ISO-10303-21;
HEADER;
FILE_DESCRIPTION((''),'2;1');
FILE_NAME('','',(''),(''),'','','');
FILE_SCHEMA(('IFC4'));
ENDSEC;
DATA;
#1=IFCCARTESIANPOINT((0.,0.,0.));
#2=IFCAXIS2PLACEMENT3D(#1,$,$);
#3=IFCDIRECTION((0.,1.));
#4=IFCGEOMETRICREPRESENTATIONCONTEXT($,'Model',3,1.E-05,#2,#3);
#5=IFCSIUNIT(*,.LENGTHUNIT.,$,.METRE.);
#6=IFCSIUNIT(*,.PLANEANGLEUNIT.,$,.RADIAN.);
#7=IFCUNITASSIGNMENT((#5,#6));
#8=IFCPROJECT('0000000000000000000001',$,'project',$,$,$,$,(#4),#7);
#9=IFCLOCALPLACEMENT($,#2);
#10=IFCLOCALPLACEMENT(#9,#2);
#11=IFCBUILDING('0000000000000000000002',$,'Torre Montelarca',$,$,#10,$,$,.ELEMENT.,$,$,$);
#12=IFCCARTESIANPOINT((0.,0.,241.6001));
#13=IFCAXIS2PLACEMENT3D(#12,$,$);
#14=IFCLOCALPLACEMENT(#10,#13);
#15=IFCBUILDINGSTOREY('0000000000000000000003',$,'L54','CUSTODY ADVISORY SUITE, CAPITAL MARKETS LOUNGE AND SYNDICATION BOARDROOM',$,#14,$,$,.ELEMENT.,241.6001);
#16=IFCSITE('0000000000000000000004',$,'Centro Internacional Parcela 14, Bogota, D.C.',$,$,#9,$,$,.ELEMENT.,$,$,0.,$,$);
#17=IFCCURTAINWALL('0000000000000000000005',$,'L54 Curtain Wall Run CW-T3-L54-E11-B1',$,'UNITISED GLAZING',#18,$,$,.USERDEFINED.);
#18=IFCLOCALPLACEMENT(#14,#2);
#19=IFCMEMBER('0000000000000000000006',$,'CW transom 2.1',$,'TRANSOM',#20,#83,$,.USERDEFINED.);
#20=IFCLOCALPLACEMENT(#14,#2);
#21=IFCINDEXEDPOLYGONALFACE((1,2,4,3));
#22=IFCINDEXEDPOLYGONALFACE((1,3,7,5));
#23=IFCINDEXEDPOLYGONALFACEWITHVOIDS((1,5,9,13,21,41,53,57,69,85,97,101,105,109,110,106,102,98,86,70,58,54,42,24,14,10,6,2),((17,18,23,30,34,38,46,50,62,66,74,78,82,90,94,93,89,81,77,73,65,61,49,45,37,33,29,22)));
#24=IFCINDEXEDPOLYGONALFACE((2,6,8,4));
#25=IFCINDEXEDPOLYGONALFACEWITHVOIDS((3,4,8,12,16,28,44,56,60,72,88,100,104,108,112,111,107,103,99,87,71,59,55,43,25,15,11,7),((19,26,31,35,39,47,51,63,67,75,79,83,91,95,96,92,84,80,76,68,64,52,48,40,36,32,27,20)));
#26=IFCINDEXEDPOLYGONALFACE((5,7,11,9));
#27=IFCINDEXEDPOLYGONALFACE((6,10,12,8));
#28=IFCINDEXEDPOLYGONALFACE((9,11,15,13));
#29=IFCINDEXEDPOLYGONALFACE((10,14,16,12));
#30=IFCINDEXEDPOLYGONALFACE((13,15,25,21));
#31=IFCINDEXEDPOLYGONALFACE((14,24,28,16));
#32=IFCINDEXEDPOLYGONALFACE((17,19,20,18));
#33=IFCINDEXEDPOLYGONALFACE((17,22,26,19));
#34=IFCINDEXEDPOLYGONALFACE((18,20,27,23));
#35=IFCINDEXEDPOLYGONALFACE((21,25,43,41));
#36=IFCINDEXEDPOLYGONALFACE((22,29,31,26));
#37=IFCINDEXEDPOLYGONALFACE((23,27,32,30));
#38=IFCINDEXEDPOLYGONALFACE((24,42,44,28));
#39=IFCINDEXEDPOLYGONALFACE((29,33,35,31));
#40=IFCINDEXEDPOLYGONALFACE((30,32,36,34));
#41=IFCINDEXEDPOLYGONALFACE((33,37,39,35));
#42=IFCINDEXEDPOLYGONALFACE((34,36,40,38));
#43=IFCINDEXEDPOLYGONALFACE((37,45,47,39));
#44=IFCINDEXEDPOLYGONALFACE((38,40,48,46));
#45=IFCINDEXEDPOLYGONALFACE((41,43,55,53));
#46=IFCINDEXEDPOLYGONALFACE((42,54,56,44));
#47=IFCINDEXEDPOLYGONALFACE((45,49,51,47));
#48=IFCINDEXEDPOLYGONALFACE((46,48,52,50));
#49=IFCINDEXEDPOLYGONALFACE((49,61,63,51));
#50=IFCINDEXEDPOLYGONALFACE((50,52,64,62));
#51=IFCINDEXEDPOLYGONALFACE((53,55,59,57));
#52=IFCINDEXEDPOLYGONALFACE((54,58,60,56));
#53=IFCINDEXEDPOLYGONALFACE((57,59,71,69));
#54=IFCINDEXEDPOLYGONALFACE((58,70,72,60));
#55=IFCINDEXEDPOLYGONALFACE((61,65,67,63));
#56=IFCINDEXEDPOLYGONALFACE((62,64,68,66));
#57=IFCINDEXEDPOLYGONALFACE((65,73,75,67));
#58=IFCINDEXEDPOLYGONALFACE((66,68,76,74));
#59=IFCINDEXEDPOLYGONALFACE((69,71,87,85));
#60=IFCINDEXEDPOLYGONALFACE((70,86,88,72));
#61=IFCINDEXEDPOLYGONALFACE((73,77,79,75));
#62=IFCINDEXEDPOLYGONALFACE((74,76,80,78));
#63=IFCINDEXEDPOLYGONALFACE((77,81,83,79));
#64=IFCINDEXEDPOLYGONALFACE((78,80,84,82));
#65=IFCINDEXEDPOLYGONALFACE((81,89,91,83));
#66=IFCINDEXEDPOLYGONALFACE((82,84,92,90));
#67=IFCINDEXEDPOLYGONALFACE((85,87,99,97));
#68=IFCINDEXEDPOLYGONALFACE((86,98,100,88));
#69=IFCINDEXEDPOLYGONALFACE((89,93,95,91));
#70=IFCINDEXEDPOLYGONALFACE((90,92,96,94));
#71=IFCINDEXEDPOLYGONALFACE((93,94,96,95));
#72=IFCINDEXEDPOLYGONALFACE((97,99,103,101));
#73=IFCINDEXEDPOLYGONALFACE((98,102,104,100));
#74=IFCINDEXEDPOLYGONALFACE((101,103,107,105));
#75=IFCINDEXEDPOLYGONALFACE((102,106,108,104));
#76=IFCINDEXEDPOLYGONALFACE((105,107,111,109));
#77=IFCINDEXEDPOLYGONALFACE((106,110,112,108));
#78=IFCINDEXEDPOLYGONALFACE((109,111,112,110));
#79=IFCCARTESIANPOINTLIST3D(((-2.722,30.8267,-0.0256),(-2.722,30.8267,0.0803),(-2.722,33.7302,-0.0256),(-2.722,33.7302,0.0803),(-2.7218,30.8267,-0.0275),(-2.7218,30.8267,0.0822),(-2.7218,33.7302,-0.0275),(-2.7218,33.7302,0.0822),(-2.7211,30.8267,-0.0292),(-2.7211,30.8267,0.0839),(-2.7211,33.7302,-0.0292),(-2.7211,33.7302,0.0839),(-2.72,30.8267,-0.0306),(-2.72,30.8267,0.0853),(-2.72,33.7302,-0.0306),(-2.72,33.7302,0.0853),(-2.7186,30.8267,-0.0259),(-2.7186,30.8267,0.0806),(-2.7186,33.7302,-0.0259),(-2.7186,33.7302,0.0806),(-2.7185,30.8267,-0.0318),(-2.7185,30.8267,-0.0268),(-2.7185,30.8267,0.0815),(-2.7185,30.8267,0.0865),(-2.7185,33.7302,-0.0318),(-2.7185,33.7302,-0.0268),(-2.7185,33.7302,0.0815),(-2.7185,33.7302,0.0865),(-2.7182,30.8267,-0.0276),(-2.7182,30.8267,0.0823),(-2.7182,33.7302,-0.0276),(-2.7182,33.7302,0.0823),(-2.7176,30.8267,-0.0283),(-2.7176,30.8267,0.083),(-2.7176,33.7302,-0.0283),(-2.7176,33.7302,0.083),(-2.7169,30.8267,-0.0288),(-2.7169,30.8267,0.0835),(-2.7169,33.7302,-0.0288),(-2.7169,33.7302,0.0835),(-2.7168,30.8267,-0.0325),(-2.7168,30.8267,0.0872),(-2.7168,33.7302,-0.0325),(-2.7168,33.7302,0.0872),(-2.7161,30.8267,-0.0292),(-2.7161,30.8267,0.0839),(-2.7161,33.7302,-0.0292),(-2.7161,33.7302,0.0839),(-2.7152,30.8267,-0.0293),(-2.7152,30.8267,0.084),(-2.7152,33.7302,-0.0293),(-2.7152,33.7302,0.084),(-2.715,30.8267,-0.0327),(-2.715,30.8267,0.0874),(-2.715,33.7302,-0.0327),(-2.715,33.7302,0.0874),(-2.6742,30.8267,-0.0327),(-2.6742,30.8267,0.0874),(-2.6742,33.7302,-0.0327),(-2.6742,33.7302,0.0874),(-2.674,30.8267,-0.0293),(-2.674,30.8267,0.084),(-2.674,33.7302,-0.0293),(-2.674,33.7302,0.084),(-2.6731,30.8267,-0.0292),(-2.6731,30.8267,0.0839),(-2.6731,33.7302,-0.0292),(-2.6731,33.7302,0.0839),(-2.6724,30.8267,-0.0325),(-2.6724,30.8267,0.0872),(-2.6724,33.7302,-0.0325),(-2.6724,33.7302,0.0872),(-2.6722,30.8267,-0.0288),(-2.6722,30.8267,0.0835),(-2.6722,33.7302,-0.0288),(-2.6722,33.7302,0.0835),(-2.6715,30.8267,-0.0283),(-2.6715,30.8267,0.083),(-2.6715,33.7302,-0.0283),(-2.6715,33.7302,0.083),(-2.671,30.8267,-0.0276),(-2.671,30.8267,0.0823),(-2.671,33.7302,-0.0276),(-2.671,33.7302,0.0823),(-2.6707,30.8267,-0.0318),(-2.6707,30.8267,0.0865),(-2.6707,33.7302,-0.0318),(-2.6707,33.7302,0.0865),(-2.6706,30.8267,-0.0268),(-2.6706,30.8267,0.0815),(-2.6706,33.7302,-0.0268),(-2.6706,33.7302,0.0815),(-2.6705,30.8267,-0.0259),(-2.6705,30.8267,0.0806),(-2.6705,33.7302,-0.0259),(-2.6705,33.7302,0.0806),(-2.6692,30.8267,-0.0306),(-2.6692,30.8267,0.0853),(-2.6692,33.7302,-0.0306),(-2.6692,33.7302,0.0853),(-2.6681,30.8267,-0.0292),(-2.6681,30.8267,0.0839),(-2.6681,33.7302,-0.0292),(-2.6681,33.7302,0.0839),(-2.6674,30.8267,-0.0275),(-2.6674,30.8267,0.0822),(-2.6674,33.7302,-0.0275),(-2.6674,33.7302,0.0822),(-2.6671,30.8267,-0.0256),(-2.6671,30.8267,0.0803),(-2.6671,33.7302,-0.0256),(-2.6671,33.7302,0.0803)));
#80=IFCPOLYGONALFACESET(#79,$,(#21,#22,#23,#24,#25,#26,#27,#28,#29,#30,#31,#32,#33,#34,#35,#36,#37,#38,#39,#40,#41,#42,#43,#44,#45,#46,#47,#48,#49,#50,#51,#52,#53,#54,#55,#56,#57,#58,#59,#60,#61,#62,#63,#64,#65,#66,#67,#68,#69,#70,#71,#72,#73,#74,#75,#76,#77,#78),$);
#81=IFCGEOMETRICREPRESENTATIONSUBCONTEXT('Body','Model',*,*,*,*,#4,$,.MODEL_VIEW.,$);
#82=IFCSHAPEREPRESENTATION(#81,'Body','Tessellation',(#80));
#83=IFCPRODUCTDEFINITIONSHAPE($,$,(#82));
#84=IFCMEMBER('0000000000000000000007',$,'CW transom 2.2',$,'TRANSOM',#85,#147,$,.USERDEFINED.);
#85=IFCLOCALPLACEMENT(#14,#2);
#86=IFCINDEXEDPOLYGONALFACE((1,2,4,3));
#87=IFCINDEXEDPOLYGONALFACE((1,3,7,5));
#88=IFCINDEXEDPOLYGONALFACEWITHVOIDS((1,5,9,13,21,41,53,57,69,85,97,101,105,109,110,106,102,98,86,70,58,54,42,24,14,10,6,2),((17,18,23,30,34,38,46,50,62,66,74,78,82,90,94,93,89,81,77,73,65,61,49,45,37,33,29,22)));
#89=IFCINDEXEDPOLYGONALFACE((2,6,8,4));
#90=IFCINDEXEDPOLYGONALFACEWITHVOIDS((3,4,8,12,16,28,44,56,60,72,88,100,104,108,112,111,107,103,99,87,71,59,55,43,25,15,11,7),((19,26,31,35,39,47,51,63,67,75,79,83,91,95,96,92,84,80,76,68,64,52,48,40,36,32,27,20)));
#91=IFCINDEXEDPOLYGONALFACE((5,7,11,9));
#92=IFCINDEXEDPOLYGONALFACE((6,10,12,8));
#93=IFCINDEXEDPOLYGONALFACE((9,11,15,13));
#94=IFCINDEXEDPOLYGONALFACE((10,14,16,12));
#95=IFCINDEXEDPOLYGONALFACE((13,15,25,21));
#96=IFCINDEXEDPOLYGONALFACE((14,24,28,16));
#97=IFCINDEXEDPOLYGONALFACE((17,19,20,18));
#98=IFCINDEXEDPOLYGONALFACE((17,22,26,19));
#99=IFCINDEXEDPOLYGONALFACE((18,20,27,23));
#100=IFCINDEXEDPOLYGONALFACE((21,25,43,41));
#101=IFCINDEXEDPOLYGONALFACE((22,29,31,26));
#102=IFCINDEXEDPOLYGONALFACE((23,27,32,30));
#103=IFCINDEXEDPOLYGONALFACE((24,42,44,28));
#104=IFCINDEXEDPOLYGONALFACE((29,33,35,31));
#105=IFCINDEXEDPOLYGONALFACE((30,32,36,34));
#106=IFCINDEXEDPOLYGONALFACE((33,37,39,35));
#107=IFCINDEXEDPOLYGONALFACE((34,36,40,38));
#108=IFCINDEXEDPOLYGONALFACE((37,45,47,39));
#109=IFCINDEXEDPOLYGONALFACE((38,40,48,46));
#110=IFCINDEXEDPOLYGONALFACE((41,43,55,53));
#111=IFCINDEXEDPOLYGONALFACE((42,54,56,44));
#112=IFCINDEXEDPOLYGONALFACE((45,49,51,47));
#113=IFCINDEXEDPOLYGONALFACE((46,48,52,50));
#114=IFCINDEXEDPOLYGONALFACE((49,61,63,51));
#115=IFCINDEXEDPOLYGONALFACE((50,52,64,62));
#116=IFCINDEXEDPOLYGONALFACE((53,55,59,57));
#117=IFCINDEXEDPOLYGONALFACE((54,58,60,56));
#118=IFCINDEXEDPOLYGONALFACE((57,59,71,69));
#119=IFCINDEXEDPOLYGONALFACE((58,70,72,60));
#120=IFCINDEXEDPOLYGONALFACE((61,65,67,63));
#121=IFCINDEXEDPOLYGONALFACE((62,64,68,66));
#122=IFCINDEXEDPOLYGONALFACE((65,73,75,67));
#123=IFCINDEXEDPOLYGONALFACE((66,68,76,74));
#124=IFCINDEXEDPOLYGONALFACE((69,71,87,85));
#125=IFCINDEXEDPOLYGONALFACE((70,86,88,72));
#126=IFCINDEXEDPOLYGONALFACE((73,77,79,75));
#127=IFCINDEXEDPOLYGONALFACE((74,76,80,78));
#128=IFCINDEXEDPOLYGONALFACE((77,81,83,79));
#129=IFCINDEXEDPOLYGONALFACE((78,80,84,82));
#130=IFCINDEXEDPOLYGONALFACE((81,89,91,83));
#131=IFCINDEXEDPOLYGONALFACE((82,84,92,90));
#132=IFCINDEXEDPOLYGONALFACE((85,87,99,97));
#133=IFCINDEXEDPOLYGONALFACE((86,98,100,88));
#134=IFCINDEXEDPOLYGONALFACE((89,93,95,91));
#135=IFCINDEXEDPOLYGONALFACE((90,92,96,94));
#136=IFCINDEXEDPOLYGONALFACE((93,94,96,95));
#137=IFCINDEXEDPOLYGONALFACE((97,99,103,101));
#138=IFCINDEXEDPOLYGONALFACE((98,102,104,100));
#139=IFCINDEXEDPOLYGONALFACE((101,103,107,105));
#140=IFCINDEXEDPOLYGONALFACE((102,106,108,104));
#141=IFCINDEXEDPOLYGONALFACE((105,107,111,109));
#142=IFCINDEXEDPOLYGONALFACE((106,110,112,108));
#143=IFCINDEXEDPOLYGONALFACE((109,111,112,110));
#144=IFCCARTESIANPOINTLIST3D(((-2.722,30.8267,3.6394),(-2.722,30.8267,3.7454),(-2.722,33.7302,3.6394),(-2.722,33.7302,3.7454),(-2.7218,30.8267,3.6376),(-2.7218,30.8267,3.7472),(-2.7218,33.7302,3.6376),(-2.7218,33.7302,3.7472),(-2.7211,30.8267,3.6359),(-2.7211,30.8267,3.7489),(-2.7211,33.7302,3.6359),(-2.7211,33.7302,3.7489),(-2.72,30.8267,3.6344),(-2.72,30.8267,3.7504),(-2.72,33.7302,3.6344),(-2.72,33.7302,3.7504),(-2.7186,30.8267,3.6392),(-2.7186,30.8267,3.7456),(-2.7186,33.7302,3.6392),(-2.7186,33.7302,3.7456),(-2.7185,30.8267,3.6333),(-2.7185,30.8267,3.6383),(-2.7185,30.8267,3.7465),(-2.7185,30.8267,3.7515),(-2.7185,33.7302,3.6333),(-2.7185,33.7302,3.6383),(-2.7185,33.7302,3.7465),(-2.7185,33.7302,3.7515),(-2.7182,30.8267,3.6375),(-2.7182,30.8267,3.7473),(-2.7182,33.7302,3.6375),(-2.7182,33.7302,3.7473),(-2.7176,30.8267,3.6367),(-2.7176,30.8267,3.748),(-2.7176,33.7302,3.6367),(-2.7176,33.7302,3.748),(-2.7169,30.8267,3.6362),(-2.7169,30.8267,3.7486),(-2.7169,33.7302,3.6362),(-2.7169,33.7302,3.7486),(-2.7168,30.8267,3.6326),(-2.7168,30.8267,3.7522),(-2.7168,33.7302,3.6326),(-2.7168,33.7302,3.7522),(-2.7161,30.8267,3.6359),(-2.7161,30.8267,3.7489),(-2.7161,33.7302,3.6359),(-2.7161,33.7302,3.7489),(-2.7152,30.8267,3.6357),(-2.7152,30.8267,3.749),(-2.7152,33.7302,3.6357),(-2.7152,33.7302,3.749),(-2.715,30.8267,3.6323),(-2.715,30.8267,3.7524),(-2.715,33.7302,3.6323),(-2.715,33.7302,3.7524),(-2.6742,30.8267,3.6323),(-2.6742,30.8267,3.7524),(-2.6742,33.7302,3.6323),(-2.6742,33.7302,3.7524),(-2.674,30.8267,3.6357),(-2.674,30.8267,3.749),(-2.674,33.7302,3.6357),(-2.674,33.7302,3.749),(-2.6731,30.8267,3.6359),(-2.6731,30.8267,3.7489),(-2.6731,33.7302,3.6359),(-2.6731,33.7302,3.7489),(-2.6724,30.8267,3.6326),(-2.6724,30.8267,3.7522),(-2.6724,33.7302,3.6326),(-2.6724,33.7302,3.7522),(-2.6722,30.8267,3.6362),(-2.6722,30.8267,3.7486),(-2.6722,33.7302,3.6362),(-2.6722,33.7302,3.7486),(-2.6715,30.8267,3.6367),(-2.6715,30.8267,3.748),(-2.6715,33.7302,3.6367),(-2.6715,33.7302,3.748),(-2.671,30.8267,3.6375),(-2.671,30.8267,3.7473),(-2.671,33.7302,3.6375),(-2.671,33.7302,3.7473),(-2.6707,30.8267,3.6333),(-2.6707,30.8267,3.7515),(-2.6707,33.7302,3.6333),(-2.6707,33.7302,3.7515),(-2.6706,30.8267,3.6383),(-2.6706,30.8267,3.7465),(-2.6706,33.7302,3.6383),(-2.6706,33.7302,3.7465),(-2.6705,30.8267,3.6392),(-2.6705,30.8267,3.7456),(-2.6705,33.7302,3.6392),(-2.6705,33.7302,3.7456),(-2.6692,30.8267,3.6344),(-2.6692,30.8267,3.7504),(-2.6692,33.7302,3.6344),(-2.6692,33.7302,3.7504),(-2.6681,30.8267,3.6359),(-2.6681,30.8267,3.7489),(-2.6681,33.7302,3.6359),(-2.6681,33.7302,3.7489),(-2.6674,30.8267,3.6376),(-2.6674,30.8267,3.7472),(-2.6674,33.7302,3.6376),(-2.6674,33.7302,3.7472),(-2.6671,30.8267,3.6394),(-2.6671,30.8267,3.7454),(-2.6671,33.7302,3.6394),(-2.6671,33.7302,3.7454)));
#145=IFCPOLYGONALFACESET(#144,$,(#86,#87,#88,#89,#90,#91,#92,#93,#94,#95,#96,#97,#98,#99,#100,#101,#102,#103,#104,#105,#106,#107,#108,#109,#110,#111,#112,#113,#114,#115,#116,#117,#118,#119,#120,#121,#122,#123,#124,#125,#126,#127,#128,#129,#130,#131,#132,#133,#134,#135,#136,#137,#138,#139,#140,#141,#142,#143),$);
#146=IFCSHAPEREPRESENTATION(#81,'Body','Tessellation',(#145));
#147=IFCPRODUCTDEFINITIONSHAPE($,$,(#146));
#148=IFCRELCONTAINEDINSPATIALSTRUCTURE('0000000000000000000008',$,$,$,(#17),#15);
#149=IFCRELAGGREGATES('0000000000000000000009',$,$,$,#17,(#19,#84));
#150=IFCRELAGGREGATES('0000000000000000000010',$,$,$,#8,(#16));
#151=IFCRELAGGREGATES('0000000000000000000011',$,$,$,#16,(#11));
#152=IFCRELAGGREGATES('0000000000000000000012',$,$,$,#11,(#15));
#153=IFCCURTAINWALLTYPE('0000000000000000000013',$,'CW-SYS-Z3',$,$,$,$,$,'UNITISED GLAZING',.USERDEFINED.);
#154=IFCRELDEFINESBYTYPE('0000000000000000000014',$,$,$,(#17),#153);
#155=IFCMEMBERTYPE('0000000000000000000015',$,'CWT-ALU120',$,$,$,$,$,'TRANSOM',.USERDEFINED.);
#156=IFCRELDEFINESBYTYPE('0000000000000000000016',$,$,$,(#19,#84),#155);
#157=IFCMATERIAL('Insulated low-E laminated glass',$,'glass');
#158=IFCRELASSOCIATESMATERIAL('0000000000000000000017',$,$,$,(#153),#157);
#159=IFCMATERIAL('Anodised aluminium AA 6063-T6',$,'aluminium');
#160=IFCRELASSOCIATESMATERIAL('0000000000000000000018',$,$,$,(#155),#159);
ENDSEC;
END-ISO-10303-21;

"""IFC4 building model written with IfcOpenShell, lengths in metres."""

from ifc_helpers import new_model, si_unit, direction, frame, origin, origin_2d, place, context, subcontext, project, spatial, hollow_rectangle, extrude, source, transform, mapped, material, material_profile, profile_set, type_object, element, aggregate, save


model = new_model("IFC4")

# Units and contexts
model_context = context("Model", 3, precision=1e-05, world=origin(), true_north=direction((0.0, 1.0)))
body_context = subcontext(model_context, "Body", "Model", "MODEL_VIEW")
ifc_project = project(units=[si_unit("LENGTHUNIT", "METRE"), si_unit("PLANEANGLEUNIT", "RADIAN")], contexts=[model_context])

# Site, building, storey
site_placement = place(None, origin())
site = spatial("IfcSite", under=ifc_project, at=site_placement, Name="Centro Internacional Parcela 14, Bogota, D.C.", CompositionType="ELEMENT", RefElevation=0.0)
building_placement = place(site_placement, origin())
building = spatial("IfcBuilding", under=site, at=building_placement, Name="Torre Montelarca", CompositionType="ELEMENT")
storey_placement = place(building_placement, frame((0.0, 0.0, 241.6001)))
storey = spatial("IfcBuildingStorey", under=building, at=storey_placement, Name="L54", Description="CUSTODY ADVISORY SUITE, CAPITAL MARKETS LOUNGE AND SYNDICATION BOARDROOM", CompositionType="ELEMENT", Elevation=241.6001)

# Curtain wall, members
ifc_material_1 = material(Name="Insulated low-E laminated glass", Category="glass")
curtain_wall_type = type_object("IfcCurtainWallType", Name="CW-SYS-Z3", ElementType="UNITISED GLAZING", PredefinedType="USERDEFINED", material=ifc_material_1)
curtain_wall_placement = place(storey_placement, origin())
curtain_wall = element("IfcCurtainWall", 1, at=curtain_wall_placement, inside=storey, type_object=curtain_wall_type, Name="L54 Curtain Wall Run CW-T3-L54-E11-B1", ObjectType="UNITISED GLAZING", PredefinedType="USERDEFINED")
ifc_material_2 = material(Name="Anodised aluminium AA 6063-T6", Category="aluminium")
ifc_material_profile_1 = material_profile(ifc_material_2, hollow_rectangle(XDim=0.0549, YDim=0.1201, WallThickness=0.0034, InnerFilletRadius=0.0034, OuterFilletRadius=0.0071, at=origin_2d()), Name="ALU55X120X3.5", Category="aluminium")
ifc_profile_set_1 = profile_set([ifc_material_profile_1], Name="Anodised aluminium AA 6063-T6")
member_type_1 = type_object("IfcMemberType", Name="CWT-ALU120", ElementType="TRANSOM", PredefinedType="USERDEFINED", material=ifc_profile_set_1)
shared_shape_1 = source(origin(), body_context, "Body", "SweptSolid", [
    extrude(hollow_rectangle(XDim=0.0549, YDim=0.1201, WallThickness=0.0034, InnerFilletRadius=0.0034, OuterFilletRadius=0.0071, at=origin_2d()), origin(), (0.0, 0.0, 1.0), 2.9036),
])
member_1_placement = place(storey_placement, frame((-2.6946, 33.7302, 0.0273), z_axis=(0.0, -1.0, 0.0), x_axis=(1.0, 0.0, 0.0)))
member_1 = element("IfcMember", 2, at=member_1_placement, type_object=member_type_1, Name="CW transom 2.1", ObjectType="TRANSOM", PredefinedType="USERDEFINED", context=body_context, shape_type="MappedRepresentation", body=[
    mapped(shared_shape_1, transform((0.0, 0.0, 0.0), scale=1.0)),
])
member_2_placement = place(storey_placement, frame((-2.6946, 33.7302, 3.6924), z_axis=(0.0, -1.0, 0.0), x_axis=(1.0, 0.0, 0.0)))
member_2 = element("IfcMember", 3, at=member_2_placement, type_object=member_type_1, Name="CW transom 2.2", ObjectType="TRANSOM", PredefinedType="USERDEFINED", context=body_context, shape_type="MappedRepresentation", body=[
    mapped(shared_shape_1, transform((0.0, 0.0, 0.0), scale=1.0)),
])
aggregate(curtain_wall, [member_1, member_2])

save(model, "model.ifc")
